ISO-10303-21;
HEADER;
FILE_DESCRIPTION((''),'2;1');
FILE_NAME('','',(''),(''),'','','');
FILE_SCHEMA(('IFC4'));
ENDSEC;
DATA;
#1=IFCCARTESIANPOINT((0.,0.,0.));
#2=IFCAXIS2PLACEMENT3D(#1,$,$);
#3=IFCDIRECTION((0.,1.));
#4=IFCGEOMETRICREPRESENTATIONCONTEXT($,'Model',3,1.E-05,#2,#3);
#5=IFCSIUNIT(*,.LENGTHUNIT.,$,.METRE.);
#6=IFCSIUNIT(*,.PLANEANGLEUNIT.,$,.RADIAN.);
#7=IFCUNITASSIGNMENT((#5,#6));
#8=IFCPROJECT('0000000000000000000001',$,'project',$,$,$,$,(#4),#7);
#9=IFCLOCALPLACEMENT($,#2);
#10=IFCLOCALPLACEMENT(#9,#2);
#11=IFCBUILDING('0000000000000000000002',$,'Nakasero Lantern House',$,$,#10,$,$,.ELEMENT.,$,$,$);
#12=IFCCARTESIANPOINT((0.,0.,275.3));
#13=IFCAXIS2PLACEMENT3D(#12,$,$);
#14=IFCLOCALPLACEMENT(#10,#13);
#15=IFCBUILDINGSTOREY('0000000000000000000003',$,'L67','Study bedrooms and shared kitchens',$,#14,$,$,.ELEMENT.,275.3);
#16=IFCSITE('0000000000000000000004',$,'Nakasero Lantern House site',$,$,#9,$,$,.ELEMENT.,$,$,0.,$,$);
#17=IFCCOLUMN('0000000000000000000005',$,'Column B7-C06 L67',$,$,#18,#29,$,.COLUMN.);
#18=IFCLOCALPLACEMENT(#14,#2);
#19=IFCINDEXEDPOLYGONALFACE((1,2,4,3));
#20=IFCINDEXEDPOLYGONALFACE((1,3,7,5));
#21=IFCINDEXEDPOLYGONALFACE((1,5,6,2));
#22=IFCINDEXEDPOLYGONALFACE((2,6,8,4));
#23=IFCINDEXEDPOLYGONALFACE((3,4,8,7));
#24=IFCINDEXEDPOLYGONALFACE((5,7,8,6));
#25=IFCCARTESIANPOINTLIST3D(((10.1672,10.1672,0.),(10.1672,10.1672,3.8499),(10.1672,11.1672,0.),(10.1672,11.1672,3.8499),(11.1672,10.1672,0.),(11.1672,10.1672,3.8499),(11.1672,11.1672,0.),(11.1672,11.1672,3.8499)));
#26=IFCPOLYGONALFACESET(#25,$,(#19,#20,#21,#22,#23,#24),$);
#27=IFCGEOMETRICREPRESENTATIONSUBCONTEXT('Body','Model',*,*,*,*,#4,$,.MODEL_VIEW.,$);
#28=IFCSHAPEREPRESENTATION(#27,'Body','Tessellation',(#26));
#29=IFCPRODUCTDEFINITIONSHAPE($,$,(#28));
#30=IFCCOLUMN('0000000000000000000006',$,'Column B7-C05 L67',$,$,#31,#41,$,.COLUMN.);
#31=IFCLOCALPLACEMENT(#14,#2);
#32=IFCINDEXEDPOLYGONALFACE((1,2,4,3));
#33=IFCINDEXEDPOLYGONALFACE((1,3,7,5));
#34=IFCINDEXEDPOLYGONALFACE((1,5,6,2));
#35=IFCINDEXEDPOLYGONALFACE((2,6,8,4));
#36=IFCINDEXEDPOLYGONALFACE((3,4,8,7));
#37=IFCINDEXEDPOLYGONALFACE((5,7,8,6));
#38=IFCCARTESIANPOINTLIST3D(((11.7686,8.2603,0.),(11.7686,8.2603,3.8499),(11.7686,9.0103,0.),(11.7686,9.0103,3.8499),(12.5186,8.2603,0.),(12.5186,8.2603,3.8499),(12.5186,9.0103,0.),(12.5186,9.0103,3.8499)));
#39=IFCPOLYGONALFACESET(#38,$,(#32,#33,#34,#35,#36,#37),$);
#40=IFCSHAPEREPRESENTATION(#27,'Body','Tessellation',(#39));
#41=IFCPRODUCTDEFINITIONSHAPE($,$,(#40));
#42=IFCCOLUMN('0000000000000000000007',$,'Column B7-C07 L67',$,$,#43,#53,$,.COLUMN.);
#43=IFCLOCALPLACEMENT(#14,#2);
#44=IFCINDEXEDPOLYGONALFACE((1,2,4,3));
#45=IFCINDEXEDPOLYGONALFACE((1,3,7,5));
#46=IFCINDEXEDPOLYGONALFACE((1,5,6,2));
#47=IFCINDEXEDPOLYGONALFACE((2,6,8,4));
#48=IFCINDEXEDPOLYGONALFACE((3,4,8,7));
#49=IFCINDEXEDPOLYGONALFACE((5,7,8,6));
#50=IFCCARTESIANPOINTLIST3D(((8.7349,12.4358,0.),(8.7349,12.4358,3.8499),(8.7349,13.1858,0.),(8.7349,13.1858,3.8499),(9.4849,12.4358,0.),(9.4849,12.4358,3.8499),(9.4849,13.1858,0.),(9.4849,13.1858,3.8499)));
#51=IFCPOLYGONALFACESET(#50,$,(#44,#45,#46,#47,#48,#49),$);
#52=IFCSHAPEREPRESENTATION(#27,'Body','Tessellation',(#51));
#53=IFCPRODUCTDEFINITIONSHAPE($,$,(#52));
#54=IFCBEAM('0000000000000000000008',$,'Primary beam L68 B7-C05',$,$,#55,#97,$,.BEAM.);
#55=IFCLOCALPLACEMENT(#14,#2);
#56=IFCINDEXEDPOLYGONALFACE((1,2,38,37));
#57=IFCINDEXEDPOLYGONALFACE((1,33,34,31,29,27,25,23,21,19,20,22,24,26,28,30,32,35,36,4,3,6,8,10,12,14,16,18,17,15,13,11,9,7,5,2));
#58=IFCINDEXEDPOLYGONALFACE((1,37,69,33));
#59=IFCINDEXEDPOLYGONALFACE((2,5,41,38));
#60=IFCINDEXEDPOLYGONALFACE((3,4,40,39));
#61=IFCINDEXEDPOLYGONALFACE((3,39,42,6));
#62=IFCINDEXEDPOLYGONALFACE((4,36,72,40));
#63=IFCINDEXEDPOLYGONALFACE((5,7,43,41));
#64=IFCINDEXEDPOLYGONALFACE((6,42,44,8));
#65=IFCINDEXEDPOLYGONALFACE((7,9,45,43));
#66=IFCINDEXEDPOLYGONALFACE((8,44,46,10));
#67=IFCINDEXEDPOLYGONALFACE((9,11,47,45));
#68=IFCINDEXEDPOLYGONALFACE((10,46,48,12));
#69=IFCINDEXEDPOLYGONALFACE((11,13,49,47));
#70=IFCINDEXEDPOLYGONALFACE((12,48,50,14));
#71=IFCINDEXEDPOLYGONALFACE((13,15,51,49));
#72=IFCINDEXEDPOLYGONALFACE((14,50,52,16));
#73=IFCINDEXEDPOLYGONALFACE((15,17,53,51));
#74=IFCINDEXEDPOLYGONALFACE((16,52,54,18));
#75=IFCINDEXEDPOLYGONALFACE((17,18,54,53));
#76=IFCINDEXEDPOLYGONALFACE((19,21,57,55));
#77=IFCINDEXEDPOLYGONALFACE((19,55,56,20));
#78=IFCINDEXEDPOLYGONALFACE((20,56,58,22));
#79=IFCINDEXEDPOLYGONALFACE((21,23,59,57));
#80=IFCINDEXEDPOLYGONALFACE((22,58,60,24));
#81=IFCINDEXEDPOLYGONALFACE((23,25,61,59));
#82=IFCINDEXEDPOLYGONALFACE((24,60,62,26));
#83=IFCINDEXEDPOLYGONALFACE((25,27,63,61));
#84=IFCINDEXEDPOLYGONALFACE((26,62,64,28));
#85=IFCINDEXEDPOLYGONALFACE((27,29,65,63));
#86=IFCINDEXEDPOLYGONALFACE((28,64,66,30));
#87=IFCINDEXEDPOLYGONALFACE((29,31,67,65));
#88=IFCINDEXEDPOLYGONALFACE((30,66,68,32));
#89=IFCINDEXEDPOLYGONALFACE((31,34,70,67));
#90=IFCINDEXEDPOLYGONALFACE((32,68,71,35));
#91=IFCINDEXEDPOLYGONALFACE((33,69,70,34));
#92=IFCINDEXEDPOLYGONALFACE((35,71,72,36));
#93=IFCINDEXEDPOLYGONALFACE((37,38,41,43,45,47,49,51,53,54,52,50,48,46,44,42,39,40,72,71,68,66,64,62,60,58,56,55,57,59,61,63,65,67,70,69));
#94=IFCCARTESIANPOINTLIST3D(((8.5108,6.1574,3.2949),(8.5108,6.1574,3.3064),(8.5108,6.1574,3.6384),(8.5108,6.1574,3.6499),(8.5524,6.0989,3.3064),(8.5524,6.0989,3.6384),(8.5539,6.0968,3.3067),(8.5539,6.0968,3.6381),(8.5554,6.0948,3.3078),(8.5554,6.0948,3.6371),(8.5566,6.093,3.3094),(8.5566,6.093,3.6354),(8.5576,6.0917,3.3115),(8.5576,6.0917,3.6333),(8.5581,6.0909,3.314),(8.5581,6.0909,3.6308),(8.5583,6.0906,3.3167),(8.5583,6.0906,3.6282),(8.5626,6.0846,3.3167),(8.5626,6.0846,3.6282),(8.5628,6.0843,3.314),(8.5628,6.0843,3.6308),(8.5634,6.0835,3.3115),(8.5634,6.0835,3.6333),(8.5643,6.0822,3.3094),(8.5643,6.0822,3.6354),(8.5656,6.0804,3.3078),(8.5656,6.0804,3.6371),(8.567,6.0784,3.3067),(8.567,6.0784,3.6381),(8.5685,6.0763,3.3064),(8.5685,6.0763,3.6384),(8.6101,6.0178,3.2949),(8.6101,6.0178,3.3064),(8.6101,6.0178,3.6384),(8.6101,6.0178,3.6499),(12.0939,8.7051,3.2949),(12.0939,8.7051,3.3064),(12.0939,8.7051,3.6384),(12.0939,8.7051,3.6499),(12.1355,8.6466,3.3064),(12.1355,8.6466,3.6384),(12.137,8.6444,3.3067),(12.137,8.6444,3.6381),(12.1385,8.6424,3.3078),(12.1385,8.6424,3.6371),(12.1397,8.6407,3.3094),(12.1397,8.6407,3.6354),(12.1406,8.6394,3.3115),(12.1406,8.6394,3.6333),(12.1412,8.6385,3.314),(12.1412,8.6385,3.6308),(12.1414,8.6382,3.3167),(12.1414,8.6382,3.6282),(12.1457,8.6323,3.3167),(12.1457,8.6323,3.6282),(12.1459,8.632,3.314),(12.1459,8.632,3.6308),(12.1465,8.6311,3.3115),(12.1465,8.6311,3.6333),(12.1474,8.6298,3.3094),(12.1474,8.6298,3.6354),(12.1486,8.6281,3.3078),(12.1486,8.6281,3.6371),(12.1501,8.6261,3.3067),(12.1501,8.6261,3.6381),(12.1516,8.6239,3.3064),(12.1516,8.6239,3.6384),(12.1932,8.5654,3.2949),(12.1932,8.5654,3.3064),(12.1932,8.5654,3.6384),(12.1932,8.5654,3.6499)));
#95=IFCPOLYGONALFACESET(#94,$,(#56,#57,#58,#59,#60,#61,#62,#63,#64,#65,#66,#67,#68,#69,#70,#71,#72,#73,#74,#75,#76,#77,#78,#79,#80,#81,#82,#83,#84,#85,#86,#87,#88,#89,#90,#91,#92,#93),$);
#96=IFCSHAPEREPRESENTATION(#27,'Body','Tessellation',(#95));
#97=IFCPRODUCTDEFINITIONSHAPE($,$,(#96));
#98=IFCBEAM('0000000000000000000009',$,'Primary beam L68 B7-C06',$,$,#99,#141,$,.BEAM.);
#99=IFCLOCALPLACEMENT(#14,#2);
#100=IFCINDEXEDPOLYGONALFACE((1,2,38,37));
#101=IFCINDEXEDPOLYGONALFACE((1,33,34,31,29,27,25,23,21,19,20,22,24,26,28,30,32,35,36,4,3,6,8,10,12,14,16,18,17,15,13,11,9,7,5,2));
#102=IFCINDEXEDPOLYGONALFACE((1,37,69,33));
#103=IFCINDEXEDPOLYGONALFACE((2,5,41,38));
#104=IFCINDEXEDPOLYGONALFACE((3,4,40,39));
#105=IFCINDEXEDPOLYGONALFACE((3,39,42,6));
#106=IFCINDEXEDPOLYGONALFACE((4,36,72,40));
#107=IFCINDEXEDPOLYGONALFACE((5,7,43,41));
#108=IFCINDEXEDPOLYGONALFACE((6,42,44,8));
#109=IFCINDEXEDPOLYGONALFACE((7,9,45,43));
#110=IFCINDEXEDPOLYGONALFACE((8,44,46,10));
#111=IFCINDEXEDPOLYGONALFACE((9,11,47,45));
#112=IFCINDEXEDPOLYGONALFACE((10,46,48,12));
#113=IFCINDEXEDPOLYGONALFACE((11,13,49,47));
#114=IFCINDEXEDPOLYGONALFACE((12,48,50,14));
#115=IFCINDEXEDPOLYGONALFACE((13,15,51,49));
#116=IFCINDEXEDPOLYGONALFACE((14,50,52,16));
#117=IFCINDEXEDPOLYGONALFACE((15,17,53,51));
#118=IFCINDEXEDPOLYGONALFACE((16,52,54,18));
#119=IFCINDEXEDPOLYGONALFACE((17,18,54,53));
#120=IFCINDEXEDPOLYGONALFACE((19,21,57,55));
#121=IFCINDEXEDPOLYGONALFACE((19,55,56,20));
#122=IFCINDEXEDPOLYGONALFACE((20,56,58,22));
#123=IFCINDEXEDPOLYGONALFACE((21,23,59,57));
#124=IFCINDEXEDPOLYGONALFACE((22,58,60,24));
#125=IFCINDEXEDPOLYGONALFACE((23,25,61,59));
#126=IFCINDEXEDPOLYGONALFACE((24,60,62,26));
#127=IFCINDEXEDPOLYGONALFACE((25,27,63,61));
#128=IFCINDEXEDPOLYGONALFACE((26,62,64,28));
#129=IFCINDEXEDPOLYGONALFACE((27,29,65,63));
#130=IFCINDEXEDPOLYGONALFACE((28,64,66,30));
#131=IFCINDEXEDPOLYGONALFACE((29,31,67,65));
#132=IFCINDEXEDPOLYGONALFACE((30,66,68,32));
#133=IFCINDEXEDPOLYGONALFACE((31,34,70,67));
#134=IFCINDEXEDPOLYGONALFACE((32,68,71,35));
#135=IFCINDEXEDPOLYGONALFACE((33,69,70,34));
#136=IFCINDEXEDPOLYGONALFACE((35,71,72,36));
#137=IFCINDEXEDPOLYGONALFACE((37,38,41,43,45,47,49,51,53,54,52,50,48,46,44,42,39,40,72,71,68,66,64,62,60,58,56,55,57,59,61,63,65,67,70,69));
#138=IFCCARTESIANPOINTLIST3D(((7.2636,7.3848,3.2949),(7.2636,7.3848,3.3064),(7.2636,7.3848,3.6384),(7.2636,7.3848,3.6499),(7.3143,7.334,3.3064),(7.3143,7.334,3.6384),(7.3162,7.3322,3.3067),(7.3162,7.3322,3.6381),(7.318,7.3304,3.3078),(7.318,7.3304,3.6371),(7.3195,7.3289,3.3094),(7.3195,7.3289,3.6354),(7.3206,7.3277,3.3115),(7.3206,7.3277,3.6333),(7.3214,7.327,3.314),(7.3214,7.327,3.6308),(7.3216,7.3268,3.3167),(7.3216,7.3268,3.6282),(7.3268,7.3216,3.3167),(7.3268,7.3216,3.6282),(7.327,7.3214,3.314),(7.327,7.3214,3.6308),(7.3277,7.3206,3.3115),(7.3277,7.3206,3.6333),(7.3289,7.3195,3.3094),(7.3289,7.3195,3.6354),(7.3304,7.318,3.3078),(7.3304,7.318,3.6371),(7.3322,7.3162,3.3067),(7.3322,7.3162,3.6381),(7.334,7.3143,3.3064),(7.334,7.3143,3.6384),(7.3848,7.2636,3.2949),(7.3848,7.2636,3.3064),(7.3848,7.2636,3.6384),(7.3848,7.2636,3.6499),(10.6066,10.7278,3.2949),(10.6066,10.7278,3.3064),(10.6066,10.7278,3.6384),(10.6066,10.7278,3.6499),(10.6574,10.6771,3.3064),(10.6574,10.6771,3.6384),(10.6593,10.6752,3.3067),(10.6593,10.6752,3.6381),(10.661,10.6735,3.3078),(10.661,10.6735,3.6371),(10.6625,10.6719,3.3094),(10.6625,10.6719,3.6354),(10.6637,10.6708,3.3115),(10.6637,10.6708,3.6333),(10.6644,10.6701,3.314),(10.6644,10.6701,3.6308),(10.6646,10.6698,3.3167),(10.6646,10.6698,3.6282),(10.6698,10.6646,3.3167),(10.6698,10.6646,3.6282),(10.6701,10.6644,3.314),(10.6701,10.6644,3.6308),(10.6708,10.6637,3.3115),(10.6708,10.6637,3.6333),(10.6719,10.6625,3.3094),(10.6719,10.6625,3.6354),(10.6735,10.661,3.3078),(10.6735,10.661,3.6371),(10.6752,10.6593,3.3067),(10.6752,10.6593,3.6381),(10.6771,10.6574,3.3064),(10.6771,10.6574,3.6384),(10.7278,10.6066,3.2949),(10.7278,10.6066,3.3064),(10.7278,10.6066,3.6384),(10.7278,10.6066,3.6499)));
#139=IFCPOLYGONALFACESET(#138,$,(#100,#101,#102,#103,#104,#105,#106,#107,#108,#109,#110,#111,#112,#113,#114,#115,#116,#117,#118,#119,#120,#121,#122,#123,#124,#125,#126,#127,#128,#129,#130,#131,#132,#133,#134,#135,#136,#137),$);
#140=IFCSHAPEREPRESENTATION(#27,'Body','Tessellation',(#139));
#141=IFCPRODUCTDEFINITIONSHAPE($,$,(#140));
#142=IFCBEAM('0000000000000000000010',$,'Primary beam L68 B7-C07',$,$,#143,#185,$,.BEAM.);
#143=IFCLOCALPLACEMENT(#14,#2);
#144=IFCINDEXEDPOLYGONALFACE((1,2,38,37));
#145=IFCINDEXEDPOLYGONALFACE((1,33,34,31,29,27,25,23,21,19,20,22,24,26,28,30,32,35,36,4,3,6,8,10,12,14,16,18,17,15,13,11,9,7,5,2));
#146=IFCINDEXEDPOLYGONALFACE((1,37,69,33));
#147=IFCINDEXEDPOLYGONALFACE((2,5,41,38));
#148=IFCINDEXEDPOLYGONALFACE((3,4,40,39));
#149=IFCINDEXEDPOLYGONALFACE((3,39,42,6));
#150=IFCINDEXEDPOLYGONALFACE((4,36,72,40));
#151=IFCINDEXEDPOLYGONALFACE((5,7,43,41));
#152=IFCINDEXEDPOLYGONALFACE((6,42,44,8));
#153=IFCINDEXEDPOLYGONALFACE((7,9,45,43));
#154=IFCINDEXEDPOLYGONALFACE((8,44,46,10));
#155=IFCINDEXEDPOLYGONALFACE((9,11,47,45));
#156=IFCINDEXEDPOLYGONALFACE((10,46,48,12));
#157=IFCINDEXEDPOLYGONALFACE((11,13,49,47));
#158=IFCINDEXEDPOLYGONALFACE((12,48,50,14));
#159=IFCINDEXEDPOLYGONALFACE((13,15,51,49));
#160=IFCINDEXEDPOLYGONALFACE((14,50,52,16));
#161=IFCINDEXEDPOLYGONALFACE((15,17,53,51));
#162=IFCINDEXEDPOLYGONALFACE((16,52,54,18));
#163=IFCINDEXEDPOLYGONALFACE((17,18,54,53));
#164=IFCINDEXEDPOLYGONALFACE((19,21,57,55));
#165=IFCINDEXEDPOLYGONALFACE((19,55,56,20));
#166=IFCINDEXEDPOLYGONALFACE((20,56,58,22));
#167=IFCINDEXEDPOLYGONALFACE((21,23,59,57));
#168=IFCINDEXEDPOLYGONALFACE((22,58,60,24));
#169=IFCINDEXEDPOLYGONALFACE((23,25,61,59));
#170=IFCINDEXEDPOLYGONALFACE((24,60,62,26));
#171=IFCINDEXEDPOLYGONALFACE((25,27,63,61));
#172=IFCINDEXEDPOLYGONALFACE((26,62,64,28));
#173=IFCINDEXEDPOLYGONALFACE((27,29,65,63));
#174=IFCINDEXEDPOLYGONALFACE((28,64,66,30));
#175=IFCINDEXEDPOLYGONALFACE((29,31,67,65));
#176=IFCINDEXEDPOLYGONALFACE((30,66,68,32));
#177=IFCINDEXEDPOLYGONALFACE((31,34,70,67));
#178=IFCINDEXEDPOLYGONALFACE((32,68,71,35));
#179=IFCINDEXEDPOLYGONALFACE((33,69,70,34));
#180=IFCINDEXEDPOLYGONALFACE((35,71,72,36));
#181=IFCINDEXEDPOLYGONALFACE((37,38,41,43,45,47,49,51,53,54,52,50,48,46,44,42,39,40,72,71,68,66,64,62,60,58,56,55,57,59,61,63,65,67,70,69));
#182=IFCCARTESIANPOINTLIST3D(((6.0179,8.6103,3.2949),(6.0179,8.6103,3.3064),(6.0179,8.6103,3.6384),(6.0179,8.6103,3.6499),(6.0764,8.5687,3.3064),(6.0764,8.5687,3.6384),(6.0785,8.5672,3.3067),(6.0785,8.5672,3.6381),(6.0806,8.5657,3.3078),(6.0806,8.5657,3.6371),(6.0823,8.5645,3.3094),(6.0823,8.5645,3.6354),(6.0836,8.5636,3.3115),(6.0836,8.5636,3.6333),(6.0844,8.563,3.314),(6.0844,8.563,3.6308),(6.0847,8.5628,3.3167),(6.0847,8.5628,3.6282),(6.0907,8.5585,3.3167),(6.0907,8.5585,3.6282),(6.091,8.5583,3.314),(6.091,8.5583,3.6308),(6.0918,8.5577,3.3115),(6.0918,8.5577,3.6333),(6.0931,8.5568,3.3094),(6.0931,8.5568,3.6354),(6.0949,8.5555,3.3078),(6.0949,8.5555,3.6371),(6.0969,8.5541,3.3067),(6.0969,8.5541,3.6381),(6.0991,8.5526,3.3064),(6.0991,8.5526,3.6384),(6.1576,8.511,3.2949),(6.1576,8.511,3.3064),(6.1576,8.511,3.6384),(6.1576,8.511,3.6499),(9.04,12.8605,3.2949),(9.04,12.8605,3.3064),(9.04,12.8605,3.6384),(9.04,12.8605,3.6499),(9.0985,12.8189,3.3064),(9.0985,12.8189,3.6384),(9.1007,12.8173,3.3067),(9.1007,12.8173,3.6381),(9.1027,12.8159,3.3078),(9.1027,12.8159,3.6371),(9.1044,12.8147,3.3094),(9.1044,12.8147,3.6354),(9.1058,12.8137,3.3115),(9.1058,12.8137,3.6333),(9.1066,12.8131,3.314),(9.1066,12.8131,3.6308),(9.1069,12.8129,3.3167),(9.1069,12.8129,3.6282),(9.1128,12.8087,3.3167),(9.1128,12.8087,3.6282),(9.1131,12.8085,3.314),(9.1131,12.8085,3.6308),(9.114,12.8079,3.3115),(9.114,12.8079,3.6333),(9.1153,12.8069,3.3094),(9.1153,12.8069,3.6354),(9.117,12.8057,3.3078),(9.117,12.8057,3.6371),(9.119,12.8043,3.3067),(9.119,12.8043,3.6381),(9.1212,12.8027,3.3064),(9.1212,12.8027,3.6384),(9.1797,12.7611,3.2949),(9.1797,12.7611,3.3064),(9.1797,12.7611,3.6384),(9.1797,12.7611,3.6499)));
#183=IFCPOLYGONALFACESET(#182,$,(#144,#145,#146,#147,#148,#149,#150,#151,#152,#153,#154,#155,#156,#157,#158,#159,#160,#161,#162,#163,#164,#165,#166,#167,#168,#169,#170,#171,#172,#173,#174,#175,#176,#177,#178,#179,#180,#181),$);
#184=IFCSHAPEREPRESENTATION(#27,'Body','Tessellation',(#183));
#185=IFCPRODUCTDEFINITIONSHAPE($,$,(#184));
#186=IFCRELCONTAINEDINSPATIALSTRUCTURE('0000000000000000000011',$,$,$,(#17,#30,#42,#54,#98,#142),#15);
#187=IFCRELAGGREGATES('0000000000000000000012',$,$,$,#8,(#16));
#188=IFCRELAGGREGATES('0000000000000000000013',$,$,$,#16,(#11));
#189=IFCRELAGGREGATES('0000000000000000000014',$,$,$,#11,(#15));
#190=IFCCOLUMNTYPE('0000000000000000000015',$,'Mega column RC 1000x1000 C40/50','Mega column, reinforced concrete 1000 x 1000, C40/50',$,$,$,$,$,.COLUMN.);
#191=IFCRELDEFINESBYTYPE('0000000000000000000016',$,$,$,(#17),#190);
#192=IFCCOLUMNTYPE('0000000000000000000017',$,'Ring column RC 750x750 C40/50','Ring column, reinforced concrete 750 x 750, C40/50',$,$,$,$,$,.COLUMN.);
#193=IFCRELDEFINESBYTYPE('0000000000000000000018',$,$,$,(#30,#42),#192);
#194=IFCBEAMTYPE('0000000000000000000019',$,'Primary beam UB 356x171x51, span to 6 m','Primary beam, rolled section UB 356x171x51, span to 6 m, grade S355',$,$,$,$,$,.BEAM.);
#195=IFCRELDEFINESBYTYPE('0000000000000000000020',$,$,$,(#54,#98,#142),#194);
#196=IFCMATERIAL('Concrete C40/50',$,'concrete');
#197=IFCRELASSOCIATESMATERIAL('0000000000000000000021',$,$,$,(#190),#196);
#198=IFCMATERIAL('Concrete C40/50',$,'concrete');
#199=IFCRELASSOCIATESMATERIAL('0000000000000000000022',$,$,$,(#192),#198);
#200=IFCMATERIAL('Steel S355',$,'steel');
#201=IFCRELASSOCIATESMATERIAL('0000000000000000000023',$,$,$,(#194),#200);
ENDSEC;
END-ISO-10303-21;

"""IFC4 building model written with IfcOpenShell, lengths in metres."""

from ifc_helpers import new_model, si_unit, direction, frame, origin, origin_2d, place, context, subcontext, project, spatial, rectangle, i_section, extrude, material, material_profile, profile_set, type_object, element, save


model = new_model("IFC4")

# Units and contexts
model_context = context("Model", 3, precision=1e-05, world=origin(), true_north=direction((0.0, 1.0)))
body_context = subcontext(model_context, "Body", "Model", "MODEL_VIEW")
ifc_project = project(units=[si_unit("LENGTHUNIT", "METRE"), si_unit("PLANEANGLEUNIT", "RADIAN")], contexts=[model_context])

# Site, building, storey
site_placement = place(None, origin())
site = spatial("IfcSite", under=ifc_project, at=site_placement, Name="Nakasero Lantern House site", CompositionType="ELEMENT", RefElevation=0.0)
building_placement = place(site_placement, origin())
building = spatial("IfcBuilding", under=site, at=building_placement, Name="Nakasero Lantern House", CompositionType="ELEMENT")
storey_placement = place(building_placement, frame((0.0, 0.0, 275.3)))
storey = spatial("IfcBuildingStorey", under=building, at=storey_placement, Name="L67", Description="Study bedrooms and shared kitchens", CompositionType="ELEMENT", Elevation=275.3)

# Columns
ifc_material_1 = material(Name="Concrete C40/50", Category="concrete")
ifc_material_profile_1 = material_profile(ifc_material_1, rectangle(XDim=1.0, YDim=1.0, at=origin_2d()), Name="RC 1000x1000")
ifc_profile_set_1 = profile_set([ifc_material_profile_1], Name="Concrete C40/50")
column_type_1 = type_object("IfcColumnType", Name="Mega column RC 1000x1000 C40/50", Description="Mega column, reinforced concrete 1000 x 1000, C40/50", PredefinedType="COLUMN", material=ifc_profile_set_1)
column_placement = place(storey_placement, frame((10.6672, 10.6672, 0.0), z_axis=(0.0, 0.0, 1.0), x_axis=(1.0, 0.0, 0.0)))
element("IfcColumn", 1, at=column_placement, inside=storey, type_object=column_type_1, Name="Column B7-C06 L67", PredefinedType="COLUMN", context=body_context, shape_type="SweptSolid", body=[
    extrude(rectangle(XDim=1.0, YDim=1.0, at=origin_2d()), origin(), (0.0, 0.0, 1.0), 3.8499),
])
ifc_material_2 = material(Name="Concrete C40/50", Category="concrete")
ifc_material_profile_2 = material_profile(ifc_material_2, rectangle(XDim=0.75, YDim=0.75, at=origin_2d()), Name="RC 750x750")
ifc_profile_set_2 = profile_set([ifc_material_profile_2], Name="Concrete C40/50")
column_type_2 = type_object("IfcColumnType", Name="Ring column RC 750x750 C40/50", Description="Ring column, reinforced concrete 750 x 750, C40/50", PredefinedType="COLUMN", material=ifc_profile_set_2)
for number, where, z_axis, x_axis, name in (
    (2, (12.1436, 8.6353, 0.0), (0.0, 0.0, 1.0), (1.0, 0.0, 0.0), "Column B7-C05 L67"),
    (3, (9.1099, 12.8108, 0.0), (0.0, 0.0, 1.0), (1.0, 0.0, 0.0), "Column B7-C07 L67"),
):
    element("IfcColumn", number, at=place(storey_placement, frame(where, z_axis=z_axis, x_axis=x_axis)), inside=storey, type_object=column_type_2, Name=name, PredefinedType="COLUMN", context=body_context, shape_type="SweptSolid", body=[
        extrude(rectangle(XDim=0.75, YDim=0.75, at=origin_2d()), origin(), (0.0, 0.0, 1.0), 3.8499),
    ])

# Beams
ifc_material_3 = material(Name="Steel S355", Category="steel")
ifc_material_profile_3 = material_profile(ifc_material_3, i_section(OverallWidth=0.1714, OverallDepth=0.355, WebThickness=0.0073, FlangeThickness=0.0115, FilletRadius=0.0103, at=origin_2d()), Name="UB 356x171x51")
ifc_profile_set_3 = profile_set([ifc_material_profile_3], Name="Steel S355")
beam_type_1 = type_object("IfcBeamType", Name="Primary beam UB 356x171x51, span to 6 m", Description="Primary beam, rolled section UB 356x171x51, span to 6 m, grade S355", PredefinedType="BEAM", material=ifc_profile_set_3)
beam_1_placement = place(storey_placement, frame((12.1436, 8.6353, 3.4724), z_axis=(-0.814989, -0.579477, 0.0), x_axis=(0.579477, -0.814989, 0.0)))
element("IfcBeam", 4, at=beam_1_placement, inside=storey, type_object=beam_type_1, Name="Primary beam L68 B7-C05", PredefinedType="BEAM", context=body_context, shape_type="SweptSolid", body=[
    extrude(i_section(OverallWidth=0.1714, OverallDepth=0.355, WebThickness=0.0073, FlangeThickness=0.0115, FilletRadius=0.0103, at=origin_2d()), origin(), (0.0, 0.0, 1.0), 4.3965),
])
beam_2_placement = place(storey_placement, frame((10.6672, 10.6672, 3.4724), z_axis=(-0.707107, -0.707107, 0.0), x_axis=(0.707107, -0.707107, 0.0)))
element("IfcBeam", 5, at=beam_2_placement, inside=storey, type_object=beam_type_1, Name="Primary beam L68 B7-C06", PredefinedType="BEAM", context=body_context, shape_type="SweptSolid", body=[
    extrude(i_section(OverallWidth=0.1714, OverallDepth=0.355, WebThickness=0.0073, FlangeThickness=0.0115, FilletRadius=0.0103, at=origin_2d()), origin(), (0.0, 0.0, 1.0), 4.7278),
])
beam_3_placement = place(storey_placement, frame((9.1099, 12.8108, 3.4724), z_axis=(-0.579501, -0.814972, 0.0), x_axis=(0.814972, -0.579501, 0.0)))
element("IfcBeam", 6, at=beam_3_placement, inside=storey, type_object=beam_type_1, Name="Primary beam L68 B7-C07", PredefinedType="BEAM", context=body_context, shape_type="SweptSolid", body=[
    extrude(i_section(OverallWidth=0.1714, OverallDepth=0.355, WebThickness=0.0073, FlangeThickness=0.0115, FilletRadius=0.0103, at=origin_2d()), origin(), (0.0, 0.0, 1.0), 5.2151),
])

save(model, "model.ifc")
